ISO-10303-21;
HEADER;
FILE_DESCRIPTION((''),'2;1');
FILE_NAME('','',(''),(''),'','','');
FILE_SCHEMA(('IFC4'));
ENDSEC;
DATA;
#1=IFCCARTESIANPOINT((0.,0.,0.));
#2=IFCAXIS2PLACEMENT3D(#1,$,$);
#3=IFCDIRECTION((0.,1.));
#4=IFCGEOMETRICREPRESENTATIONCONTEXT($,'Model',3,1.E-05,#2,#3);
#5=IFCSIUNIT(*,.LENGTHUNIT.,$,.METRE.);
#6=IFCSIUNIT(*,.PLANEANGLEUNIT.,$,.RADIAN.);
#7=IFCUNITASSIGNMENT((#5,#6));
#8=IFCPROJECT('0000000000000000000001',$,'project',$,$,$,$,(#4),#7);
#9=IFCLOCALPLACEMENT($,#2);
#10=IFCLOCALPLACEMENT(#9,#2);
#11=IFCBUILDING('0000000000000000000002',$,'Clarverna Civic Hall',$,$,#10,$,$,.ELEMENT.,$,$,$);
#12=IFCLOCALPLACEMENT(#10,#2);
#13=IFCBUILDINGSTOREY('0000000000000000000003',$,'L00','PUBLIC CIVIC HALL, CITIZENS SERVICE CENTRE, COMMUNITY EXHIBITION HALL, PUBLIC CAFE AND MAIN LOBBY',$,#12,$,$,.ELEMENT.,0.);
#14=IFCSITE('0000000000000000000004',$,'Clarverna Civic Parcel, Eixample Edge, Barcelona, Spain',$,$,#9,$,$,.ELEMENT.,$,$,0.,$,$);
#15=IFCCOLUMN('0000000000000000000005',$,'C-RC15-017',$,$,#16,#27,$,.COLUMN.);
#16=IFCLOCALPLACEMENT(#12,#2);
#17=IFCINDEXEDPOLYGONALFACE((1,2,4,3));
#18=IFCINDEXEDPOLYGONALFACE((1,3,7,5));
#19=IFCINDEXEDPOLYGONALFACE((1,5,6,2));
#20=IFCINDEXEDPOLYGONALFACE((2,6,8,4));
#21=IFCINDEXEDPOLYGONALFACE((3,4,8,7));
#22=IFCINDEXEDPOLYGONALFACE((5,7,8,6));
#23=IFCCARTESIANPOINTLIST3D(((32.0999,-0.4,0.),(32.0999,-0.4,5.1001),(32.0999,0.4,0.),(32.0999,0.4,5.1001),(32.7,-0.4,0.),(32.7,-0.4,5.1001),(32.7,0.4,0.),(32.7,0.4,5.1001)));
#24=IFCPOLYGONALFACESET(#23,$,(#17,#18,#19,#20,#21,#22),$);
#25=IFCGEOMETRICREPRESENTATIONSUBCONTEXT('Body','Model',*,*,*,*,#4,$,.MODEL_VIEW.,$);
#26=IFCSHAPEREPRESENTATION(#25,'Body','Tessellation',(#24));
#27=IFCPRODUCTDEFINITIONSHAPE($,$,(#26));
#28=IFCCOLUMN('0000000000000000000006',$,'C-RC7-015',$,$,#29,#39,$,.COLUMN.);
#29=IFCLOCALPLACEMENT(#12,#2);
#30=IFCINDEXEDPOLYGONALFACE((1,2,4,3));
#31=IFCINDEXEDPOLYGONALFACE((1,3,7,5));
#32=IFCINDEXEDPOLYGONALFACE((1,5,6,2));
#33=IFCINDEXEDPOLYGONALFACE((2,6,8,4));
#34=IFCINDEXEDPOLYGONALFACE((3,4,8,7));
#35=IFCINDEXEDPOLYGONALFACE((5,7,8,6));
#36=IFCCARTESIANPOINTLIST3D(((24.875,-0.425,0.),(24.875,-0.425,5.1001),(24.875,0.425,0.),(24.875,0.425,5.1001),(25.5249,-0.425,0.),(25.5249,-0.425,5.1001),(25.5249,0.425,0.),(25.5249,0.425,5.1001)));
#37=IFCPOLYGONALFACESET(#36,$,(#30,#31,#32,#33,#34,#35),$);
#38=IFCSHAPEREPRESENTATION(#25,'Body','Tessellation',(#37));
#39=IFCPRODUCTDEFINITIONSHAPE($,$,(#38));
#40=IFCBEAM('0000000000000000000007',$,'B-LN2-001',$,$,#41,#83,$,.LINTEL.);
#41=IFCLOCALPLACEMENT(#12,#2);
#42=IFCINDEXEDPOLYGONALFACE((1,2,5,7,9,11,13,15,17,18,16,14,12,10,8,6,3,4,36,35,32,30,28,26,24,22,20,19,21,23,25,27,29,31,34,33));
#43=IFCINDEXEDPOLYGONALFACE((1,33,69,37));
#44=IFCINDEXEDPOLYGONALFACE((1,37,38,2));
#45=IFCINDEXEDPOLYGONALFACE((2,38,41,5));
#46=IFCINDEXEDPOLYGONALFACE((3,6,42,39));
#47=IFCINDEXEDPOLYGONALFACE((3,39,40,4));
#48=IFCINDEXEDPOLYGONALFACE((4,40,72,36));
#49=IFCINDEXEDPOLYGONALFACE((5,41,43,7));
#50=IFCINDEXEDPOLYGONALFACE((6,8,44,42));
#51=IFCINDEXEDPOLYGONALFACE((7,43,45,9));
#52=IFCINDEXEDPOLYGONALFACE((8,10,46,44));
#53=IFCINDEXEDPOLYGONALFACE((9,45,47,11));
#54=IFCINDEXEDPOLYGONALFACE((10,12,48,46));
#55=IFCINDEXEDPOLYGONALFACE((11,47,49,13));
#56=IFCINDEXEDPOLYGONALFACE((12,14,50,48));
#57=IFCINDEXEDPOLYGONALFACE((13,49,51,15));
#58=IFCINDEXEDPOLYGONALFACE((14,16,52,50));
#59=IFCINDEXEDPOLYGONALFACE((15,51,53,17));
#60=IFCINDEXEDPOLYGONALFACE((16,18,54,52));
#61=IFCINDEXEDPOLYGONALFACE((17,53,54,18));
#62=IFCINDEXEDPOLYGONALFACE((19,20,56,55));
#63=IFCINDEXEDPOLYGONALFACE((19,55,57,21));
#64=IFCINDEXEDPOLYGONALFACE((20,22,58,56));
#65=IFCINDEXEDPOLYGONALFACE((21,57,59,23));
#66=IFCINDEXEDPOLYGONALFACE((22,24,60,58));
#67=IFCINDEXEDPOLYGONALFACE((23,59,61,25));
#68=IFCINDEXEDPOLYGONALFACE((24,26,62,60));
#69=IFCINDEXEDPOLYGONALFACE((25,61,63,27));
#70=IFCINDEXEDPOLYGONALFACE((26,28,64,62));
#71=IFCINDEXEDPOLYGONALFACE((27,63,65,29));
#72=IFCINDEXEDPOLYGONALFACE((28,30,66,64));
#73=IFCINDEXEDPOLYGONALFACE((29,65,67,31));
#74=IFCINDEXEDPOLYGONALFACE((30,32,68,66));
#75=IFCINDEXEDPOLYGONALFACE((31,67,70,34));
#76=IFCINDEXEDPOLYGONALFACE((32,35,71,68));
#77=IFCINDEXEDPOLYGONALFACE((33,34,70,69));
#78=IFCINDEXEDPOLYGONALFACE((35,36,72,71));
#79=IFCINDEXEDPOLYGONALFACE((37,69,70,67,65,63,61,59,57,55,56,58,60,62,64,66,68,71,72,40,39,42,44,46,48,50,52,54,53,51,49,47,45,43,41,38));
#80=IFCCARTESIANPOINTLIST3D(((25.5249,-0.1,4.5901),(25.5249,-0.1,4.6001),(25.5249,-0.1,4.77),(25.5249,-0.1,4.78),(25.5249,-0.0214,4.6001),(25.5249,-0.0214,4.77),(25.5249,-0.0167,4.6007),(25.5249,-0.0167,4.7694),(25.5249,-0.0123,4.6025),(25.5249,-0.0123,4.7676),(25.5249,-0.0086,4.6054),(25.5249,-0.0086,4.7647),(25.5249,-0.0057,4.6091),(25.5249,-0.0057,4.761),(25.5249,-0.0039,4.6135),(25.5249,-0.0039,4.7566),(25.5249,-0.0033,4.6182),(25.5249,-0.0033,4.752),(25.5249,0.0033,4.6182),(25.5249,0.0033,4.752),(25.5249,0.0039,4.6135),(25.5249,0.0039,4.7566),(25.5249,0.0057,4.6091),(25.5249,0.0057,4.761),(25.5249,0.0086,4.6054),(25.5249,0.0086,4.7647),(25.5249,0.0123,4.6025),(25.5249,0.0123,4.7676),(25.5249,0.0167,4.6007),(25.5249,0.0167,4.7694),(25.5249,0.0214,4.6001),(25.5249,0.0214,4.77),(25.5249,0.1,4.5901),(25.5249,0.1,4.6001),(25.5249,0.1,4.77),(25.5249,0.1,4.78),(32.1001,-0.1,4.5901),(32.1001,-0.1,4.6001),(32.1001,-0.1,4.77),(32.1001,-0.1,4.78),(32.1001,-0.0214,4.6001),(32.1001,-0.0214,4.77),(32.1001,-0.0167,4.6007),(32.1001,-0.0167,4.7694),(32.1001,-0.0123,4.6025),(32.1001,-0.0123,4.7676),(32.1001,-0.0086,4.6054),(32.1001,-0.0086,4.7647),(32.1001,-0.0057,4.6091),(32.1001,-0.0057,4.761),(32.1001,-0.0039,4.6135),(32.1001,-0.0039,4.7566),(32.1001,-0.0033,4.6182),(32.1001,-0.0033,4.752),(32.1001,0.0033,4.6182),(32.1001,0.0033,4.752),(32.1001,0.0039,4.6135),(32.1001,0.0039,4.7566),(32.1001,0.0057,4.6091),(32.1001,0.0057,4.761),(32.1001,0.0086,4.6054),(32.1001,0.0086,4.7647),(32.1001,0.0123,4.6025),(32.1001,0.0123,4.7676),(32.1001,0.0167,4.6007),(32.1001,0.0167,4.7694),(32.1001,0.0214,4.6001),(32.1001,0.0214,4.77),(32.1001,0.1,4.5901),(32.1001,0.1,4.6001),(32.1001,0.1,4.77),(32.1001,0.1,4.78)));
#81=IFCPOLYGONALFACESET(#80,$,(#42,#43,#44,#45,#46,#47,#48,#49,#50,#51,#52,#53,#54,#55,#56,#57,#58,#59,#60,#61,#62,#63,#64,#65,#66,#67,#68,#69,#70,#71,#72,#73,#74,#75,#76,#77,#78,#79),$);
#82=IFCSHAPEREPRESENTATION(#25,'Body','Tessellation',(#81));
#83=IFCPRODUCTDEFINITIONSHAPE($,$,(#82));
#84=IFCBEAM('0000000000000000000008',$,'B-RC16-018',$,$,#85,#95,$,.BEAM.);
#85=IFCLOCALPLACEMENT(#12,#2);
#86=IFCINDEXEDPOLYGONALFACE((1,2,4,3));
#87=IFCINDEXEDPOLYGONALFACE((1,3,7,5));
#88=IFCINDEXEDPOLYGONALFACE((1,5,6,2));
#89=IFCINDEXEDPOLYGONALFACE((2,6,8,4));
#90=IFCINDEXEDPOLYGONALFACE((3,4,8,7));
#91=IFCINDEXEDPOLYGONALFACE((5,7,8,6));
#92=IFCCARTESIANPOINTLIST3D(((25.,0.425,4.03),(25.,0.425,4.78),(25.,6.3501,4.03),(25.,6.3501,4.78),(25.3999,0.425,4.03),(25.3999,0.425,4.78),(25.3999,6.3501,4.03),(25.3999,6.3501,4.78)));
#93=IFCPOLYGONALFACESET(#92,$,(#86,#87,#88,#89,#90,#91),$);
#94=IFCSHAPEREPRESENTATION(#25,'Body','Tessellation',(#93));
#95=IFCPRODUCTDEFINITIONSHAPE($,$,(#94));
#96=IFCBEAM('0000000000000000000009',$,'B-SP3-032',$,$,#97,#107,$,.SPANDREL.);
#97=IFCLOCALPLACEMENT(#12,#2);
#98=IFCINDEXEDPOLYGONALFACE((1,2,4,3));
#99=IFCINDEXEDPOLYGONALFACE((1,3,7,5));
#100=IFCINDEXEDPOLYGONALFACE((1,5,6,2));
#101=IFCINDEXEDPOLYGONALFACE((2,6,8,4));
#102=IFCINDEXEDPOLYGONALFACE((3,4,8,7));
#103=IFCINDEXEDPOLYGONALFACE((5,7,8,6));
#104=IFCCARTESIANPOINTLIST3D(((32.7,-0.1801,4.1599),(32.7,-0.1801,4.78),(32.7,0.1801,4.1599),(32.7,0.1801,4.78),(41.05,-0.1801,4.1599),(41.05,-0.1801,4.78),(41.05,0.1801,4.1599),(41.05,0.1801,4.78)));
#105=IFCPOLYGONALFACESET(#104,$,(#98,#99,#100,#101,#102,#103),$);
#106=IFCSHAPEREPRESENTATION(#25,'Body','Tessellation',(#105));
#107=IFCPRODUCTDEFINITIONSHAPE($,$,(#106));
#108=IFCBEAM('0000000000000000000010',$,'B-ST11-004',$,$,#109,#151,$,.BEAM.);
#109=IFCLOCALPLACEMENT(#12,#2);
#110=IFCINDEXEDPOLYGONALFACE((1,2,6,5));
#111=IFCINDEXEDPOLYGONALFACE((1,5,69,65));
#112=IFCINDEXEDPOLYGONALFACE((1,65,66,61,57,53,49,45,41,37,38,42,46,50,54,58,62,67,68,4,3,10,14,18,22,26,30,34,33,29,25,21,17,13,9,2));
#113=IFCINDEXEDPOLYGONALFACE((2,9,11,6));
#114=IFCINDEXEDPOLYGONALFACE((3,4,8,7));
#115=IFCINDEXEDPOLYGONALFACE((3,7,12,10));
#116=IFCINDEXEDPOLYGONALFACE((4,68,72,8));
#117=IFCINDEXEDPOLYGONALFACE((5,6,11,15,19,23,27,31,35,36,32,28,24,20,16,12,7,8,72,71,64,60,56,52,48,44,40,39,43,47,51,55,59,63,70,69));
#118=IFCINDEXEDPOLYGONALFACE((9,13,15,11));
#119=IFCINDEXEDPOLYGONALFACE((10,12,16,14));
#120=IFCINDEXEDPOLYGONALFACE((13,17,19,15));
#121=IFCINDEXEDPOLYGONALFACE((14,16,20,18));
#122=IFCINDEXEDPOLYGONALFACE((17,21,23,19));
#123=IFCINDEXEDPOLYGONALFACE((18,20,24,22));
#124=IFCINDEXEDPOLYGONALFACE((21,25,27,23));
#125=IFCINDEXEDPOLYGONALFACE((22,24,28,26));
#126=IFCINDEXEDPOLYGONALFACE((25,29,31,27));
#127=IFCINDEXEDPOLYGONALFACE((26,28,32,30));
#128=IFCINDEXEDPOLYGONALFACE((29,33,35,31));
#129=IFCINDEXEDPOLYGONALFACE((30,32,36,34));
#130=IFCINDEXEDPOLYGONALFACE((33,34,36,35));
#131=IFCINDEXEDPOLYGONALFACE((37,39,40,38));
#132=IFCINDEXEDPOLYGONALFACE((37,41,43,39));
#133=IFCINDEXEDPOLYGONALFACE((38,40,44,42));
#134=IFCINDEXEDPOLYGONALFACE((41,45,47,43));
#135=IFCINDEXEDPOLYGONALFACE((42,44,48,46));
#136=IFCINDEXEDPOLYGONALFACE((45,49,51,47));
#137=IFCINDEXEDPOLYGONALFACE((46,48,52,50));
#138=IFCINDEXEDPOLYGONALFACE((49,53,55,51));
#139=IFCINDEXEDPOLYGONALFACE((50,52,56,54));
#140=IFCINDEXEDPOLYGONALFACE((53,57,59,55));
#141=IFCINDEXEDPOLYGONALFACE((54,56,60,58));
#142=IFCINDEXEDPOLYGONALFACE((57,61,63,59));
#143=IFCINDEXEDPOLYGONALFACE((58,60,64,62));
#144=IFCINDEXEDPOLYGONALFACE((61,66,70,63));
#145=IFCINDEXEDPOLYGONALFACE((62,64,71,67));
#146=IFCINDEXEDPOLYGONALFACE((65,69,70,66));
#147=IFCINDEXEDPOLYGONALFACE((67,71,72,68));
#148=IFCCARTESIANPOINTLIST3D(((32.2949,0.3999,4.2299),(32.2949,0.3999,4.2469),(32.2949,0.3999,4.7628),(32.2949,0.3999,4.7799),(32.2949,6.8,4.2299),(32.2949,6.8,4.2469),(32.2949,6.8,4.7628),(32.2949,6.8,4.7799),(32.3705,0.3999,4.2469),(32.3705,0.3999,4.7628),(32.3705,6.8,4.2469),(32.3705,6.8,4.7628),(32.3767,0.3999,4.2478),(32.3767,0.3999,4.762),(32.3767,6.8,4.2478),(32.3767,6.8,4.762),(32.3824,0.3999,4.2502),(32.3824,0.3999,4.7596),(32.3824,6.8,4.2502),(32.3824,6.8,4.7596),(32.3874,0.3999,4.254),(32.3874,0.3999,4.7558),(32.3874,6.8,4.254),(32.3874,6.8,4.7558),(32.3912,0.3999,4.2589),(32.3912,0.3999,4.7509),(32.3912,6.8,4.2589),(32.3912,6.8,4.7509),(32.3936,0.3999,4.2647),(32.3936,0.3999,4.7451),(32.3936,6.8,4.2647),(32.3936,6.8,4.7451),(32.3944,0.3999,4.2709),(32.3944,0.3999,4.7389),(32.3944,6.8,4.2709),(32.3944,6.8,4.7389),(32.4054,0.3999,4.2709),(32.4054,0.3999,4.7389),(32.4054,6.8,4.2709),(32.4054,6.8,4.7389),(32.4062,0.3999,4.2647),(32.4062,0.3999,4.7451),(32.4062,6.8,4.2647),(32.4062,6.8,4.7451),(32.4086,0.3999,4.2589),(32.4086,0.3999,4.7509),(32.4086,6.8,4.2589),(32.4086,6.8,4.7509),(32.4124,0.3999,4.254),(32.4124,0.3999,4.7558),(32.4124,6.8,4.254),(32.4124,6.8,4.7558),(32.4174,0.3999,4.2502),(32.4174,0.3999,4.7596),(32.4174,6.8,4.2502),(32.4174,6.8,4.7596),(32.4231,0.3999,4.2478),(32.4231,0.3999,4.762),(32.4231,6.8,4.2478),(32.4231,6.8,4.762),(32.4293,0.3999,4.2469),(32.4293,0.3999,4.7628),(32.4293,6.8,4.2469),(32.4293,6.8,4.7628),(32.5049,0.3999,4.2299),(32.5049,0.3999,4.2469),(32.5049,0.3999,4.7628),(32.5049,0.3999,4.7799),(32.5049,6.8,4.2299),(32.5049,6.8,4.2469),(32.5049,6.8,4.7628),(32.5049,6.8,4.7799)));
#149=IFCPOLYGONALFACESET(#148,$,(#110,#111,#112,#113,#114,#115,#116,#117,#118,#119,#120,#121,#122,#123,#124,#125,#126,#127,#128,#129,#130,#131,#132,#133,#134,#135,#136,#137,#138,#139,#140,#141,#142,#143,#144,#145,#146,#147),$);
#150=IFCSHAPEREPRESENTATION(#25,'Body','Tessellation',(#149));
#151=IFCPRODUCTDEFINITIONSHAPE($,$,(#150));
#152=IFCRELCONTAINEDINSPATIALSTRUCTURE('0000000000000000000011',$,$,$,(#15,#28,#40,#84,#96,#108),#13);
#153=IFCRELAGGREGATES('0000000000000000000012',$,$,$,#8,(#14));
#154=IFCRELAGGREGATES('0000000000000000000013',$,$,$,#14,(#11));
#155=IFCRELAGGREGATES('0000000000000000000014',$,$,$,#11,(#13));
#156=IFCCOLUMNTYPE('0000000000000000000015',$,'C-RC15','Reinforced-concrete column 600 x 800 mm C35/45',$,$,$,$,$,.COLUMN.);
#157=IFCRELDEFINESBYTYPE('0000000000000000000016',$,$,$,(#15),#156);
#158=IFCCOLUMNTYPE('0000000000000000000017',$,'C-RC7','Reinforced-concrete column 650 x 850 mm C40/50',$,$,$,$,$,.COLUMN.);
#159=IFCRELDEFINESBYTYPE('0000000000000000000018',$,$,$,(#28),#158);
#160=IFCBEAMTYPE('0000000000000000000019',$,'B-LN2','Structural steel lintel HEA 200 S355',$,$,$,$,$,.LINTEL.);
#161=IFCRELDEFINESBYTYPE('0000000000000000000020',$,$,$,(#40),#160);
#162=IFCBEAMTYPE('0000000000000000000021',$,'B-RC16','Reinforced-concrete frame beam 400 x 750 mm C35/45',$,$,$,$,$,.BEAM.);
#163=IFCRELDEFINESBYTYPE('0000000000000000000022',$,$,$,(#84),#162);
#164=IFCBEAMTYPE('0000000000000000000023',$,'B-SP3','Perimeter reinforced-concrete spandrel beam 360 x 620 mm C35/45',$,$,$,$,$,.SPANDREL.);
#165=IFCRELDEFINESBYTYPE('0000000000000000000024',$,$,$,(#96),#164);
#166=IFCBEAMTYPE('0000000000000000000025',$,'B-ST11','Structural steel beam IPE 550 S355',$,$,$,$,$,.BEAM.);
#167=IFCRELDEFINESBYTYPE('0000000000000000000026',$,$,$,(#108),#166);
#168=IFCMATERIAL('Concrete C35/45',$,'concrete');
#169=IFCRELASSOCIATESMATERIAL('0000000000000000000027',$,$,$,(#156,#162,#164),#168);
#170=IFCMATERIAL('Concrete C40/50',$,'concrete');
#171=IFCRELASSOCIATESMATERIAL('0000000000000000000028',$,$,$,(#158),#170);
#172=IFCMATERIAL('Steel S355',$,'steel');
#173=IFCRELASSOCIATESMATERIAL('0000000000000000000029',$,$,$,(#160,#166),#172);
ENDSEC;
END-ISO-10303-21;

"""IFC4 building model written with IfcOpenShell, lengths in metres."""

from ifc_helpers import new_model, si_unit, direction, frame, origin, origin_2d, place, context, subcontext, project, spatial, rectangle, i_section, extrude, material, material_profile, profile_set, type_object, element, save


model = new_model("IFC4")

# Units and contexts
model_context = context("Model", 3, precision=1e-05, world=origin(), true_north=direction((0.0, 1.0)))
body_context = subcontext(model_context, "Body", "Model", "MODEL_VIEW")
ifc_project = project(units=[si_unit("LENGTHUNIT", "METRE"), si_unit("PLANEANGLEUNIT", "RADIAN")], contexts=[model_context])

# Site, building, storey
site_placement = place(None, origin())
site = spatial("IfcSite", under=ifc_project, at=site_placement, Name="Clarverna Civic Parcel, Eixample Edge, Barcelona, Spain", CompositionType="ELEMENT", RefElevation=0.0)
building_placement = place(site_placement, origin())
building = spatial("IfcBuilding", under=site, at=building_placement, Name="Clarverna Civic Hall", CompositionType="ELEMENT")
storey_placement = place(building_placement, origin())
storey = spatial("IfcBuildingStorey", under=building, at=storey_placement, Name="L00", Description="PUBLIC CIVIC HALL, CITIZENS SERVICE CENTRE, COMMUNITY EXHIBITION HALL, PUBLIC CAFE AND MAIN LOBBY", CompositionType="ELEMENT", Elevation=0.0)

# Columns
ifc_material_1 = material(Name="Concrete C35/45", Category="concrete")
ifc_material_profile_1 = material_profile(ifc_material_1, rectangle(XDim=0.6001, YDim=0.8, at=origin_2d()), Name="RC 600x800")
ifc_profile_set_1 = profile_set([ifc_material_profile_1], Name="Concrete C35/45")
column_type_1 = type_object("IfcColumnType", Name="C-RC15", Description="Reinforced-concrete column 600 x 800 mm C35/45", PredefinedType="COLUMN", material=ifc_profile_set_1)
column_1_placement = place(storey_placement, frame((32.3999, 0.0, 0.0), z_axis=(0.0, 0.0, 1.0), x_axis=(1.0, 0.0, 0.0)))
element("IfcColumn", 1, at=column_1_placement, inside=storey, type_object=column_type_1, Name="C-RC15-017", PredefinedType="COLUMN", context=body_context, shape_type="SweptSolid", body=[
    extrude(rectangle(XDim=0.6001, YDim=0.8, at=origin_2d()), origin(), (0.0, 0.0, 1.0), 5.1001),
])
ifc_material_2 = material(Name="Concrete C40/50", Category="concrete")
ifc_material_profile_2 = material_profile(ifc_material_2, rectangle(XDim=0.6499, YDim=0.8501, at=origin_2d()), Name="RC 650x850")
ifc_profile_set_2 = profile_set([ifc_material_profile_2], Name="Concrete C40/50")
column_type_2 = type_object("IfcColumnType", Name="C-RC7", Description="Reinforced-concrete column 650 x 850 mm C40/50", PredefinedType="COLUMN", material=ifc_profile_set_2)
column_2_placement = place(storey_placement, frame((25.2, 0.0, 0.0), z_axis=(0.0, 0.0, 1.0), x_axis=(1.0, 0.0, 0.0)))
element("IfcColumn", 2, at=column_2_placement, inside=storey, type_object=column_type_2, Name="C-RC7-015", PredefinedType="COLUMN", context=body_context, shape_type="SweptSolid", body=[
    extrude(rectangle(XDim=0.6499, YDim=0.8501, at=origin_2d()), origin(), (0.0, 0.0, 1.0), 5.1001),
])

# Beams
ifc_material_3 = material(Name="Steel S355", Category="steel")
ifc_material_profile_3 = material_profile(ifc_material_3, i_section(OverallWidth=0.2, OverallDepth=0.1899, WebThickness=0.0066, FlangeThickness=0.01, FilletRadius=0.0181, at=origin_2d()), Name="HEA 200")
ifc_profile_set_3 = profile_set([ifc_material_profile_3], Name="Steel S355")
beam_type_1 = type_object("IfcBeamType", Name="B-LN2", Description="Structural steel lintel HEA 200 S355", PredefinedType="LINTEL", material=ifc_profile_set_3)
beam_1_placement = place(storey_placement, frame((25.5249, 0.0, 4.6851), z_axis=(1.0, 0.0, 0.0), x_axis=(0.0, 1.0, 0.0)))
element("IfcBeam", 3, at=beam_1_placement, inside=storey, type_object=beam_type_1, Name="B-LN2-001", PredefinedType="LINTEL", context=body_context, shape_type="SweptSolid", body=[
    extrude(i_section(OverallWidth=0.2, OverallDepth=0.1899, WebThickness=0.0066, FlangeThickness=0.01, FilletRadius=0.0181, at=origin_2d()), origin(), (0.0, 0.0, 1.0), 6.5752),
])
ifc_material_profile_4 = material_profile(ifc_material_1, rectangle(XDim=0.3999, YDim=0.75, at=origin_2d()), Name="RC 400x750")
ifc_profile_set_4 = profile_set([ifc_material_profile_4], Name="Concrete C35/45")
beam_type_2 = type_object("IfcBeamType", Name="B-RC16", Description="Reinforced-concrete frame beam 400 x 750 mm C35/45", PredefinedType="BEAM", material=ifc_profile_set_4)
beam_2_placement = place(storey_placement, frame((25.2, 0.425, 4.405), z_axis=(0.0, 1.0, 0.0), x_axis=(-1.0, 0.0, 0.0)))
element("IfcBeam", 4, at=beam_2_placement, inside=storey, type_object=beam_type_2, Name="B-RC16-018", PredefinedType="BEAM", context=body_context, shape_type="SweptSolid", body=[
    extrude(rectangle(XDim=0.3999, YDim=0.75, at=origin_2d()), origin(), (0.0, 0.0, 1.0), 5.925),
])
ifc_material_profile_5 = material_profile(ifc_material_1, rectangle(XDim=0.3601, YDim=0.6201, at=origin_2d()), Name="RC 360x620")
ifc_profile_set_5 = profile_set([ifc_material_profile_5], Name="Concrete C35/45")
beam_type_3 = type_object("IfcBeamType", Name="B-SP3", Description="Perimeter reinforced-concrete spandrel beam 360 x 620 mm C35/45", PredefinedType="SPANDREL", material=ifc_profile_set_5)
beam_3_placement = place(storey_placement, frame((32.7, 0.0, 4.47), z_axis=(1.0, 0.0, 0.0), x_axis=(0.0, 1.0, 0.0)))
element("IfcBeam", 5, at=beam_3_placement, inside=storey, type_object=beam_type_3, Name="B-SP3-032", PredefinedType="SPANDREL", context=body_context, shape_type="SweptSolid", body=[
    extrude(rectangle(XDim=0.3601, YDim=0.6201, at=origin_2d()), origin(), (0.0, 0.0, 1.0), 8.3501),
])
ifc_material_profile_6 = material_profile(ifc_material_3, i_section(OverallWidth=0.21, OverallDepth=0.55, WebThickness=0.011, FlangeThickness=0.0171, FilletRadius=0.0239, at=origin_2d()), Name="IPE 550")
ifc_profile_set_6 = profile_set([ifc_material_profile_6], Name="Steel S355")
beam_type_4 = type_object("IfcBeamType", Name="B-ST11", Description="Structural steel beam IPE 550 S355", PredefinedType="BEAM", material=ifc_profile_set_6)
beam_4_placement = place(storey_placement, frame((32.3999, 0.3999, 4.5049), z_axis=(0.0, 1.0, 0.0), x_axis=(-1.0, 0.0, 0.0)))
element("IfcBeam", 6, at=beam_4_placement, inside=storey, type_object=beam_type_4, Name="B-ST11-004", PredefinedType="BEAM", context=body_context, shape_type="SweptSolid", body=[
    extrude(i_section(OverallWidth=0.21, OverallDepth=0.55, WebThickness=0.011, FlangeThickness=0.0171, FilletRadius=0.0239, at=origin_2d()), origin(), (0.0, 0.0, 1.0), 6.4001),
])

save(model, "model.ifc")
